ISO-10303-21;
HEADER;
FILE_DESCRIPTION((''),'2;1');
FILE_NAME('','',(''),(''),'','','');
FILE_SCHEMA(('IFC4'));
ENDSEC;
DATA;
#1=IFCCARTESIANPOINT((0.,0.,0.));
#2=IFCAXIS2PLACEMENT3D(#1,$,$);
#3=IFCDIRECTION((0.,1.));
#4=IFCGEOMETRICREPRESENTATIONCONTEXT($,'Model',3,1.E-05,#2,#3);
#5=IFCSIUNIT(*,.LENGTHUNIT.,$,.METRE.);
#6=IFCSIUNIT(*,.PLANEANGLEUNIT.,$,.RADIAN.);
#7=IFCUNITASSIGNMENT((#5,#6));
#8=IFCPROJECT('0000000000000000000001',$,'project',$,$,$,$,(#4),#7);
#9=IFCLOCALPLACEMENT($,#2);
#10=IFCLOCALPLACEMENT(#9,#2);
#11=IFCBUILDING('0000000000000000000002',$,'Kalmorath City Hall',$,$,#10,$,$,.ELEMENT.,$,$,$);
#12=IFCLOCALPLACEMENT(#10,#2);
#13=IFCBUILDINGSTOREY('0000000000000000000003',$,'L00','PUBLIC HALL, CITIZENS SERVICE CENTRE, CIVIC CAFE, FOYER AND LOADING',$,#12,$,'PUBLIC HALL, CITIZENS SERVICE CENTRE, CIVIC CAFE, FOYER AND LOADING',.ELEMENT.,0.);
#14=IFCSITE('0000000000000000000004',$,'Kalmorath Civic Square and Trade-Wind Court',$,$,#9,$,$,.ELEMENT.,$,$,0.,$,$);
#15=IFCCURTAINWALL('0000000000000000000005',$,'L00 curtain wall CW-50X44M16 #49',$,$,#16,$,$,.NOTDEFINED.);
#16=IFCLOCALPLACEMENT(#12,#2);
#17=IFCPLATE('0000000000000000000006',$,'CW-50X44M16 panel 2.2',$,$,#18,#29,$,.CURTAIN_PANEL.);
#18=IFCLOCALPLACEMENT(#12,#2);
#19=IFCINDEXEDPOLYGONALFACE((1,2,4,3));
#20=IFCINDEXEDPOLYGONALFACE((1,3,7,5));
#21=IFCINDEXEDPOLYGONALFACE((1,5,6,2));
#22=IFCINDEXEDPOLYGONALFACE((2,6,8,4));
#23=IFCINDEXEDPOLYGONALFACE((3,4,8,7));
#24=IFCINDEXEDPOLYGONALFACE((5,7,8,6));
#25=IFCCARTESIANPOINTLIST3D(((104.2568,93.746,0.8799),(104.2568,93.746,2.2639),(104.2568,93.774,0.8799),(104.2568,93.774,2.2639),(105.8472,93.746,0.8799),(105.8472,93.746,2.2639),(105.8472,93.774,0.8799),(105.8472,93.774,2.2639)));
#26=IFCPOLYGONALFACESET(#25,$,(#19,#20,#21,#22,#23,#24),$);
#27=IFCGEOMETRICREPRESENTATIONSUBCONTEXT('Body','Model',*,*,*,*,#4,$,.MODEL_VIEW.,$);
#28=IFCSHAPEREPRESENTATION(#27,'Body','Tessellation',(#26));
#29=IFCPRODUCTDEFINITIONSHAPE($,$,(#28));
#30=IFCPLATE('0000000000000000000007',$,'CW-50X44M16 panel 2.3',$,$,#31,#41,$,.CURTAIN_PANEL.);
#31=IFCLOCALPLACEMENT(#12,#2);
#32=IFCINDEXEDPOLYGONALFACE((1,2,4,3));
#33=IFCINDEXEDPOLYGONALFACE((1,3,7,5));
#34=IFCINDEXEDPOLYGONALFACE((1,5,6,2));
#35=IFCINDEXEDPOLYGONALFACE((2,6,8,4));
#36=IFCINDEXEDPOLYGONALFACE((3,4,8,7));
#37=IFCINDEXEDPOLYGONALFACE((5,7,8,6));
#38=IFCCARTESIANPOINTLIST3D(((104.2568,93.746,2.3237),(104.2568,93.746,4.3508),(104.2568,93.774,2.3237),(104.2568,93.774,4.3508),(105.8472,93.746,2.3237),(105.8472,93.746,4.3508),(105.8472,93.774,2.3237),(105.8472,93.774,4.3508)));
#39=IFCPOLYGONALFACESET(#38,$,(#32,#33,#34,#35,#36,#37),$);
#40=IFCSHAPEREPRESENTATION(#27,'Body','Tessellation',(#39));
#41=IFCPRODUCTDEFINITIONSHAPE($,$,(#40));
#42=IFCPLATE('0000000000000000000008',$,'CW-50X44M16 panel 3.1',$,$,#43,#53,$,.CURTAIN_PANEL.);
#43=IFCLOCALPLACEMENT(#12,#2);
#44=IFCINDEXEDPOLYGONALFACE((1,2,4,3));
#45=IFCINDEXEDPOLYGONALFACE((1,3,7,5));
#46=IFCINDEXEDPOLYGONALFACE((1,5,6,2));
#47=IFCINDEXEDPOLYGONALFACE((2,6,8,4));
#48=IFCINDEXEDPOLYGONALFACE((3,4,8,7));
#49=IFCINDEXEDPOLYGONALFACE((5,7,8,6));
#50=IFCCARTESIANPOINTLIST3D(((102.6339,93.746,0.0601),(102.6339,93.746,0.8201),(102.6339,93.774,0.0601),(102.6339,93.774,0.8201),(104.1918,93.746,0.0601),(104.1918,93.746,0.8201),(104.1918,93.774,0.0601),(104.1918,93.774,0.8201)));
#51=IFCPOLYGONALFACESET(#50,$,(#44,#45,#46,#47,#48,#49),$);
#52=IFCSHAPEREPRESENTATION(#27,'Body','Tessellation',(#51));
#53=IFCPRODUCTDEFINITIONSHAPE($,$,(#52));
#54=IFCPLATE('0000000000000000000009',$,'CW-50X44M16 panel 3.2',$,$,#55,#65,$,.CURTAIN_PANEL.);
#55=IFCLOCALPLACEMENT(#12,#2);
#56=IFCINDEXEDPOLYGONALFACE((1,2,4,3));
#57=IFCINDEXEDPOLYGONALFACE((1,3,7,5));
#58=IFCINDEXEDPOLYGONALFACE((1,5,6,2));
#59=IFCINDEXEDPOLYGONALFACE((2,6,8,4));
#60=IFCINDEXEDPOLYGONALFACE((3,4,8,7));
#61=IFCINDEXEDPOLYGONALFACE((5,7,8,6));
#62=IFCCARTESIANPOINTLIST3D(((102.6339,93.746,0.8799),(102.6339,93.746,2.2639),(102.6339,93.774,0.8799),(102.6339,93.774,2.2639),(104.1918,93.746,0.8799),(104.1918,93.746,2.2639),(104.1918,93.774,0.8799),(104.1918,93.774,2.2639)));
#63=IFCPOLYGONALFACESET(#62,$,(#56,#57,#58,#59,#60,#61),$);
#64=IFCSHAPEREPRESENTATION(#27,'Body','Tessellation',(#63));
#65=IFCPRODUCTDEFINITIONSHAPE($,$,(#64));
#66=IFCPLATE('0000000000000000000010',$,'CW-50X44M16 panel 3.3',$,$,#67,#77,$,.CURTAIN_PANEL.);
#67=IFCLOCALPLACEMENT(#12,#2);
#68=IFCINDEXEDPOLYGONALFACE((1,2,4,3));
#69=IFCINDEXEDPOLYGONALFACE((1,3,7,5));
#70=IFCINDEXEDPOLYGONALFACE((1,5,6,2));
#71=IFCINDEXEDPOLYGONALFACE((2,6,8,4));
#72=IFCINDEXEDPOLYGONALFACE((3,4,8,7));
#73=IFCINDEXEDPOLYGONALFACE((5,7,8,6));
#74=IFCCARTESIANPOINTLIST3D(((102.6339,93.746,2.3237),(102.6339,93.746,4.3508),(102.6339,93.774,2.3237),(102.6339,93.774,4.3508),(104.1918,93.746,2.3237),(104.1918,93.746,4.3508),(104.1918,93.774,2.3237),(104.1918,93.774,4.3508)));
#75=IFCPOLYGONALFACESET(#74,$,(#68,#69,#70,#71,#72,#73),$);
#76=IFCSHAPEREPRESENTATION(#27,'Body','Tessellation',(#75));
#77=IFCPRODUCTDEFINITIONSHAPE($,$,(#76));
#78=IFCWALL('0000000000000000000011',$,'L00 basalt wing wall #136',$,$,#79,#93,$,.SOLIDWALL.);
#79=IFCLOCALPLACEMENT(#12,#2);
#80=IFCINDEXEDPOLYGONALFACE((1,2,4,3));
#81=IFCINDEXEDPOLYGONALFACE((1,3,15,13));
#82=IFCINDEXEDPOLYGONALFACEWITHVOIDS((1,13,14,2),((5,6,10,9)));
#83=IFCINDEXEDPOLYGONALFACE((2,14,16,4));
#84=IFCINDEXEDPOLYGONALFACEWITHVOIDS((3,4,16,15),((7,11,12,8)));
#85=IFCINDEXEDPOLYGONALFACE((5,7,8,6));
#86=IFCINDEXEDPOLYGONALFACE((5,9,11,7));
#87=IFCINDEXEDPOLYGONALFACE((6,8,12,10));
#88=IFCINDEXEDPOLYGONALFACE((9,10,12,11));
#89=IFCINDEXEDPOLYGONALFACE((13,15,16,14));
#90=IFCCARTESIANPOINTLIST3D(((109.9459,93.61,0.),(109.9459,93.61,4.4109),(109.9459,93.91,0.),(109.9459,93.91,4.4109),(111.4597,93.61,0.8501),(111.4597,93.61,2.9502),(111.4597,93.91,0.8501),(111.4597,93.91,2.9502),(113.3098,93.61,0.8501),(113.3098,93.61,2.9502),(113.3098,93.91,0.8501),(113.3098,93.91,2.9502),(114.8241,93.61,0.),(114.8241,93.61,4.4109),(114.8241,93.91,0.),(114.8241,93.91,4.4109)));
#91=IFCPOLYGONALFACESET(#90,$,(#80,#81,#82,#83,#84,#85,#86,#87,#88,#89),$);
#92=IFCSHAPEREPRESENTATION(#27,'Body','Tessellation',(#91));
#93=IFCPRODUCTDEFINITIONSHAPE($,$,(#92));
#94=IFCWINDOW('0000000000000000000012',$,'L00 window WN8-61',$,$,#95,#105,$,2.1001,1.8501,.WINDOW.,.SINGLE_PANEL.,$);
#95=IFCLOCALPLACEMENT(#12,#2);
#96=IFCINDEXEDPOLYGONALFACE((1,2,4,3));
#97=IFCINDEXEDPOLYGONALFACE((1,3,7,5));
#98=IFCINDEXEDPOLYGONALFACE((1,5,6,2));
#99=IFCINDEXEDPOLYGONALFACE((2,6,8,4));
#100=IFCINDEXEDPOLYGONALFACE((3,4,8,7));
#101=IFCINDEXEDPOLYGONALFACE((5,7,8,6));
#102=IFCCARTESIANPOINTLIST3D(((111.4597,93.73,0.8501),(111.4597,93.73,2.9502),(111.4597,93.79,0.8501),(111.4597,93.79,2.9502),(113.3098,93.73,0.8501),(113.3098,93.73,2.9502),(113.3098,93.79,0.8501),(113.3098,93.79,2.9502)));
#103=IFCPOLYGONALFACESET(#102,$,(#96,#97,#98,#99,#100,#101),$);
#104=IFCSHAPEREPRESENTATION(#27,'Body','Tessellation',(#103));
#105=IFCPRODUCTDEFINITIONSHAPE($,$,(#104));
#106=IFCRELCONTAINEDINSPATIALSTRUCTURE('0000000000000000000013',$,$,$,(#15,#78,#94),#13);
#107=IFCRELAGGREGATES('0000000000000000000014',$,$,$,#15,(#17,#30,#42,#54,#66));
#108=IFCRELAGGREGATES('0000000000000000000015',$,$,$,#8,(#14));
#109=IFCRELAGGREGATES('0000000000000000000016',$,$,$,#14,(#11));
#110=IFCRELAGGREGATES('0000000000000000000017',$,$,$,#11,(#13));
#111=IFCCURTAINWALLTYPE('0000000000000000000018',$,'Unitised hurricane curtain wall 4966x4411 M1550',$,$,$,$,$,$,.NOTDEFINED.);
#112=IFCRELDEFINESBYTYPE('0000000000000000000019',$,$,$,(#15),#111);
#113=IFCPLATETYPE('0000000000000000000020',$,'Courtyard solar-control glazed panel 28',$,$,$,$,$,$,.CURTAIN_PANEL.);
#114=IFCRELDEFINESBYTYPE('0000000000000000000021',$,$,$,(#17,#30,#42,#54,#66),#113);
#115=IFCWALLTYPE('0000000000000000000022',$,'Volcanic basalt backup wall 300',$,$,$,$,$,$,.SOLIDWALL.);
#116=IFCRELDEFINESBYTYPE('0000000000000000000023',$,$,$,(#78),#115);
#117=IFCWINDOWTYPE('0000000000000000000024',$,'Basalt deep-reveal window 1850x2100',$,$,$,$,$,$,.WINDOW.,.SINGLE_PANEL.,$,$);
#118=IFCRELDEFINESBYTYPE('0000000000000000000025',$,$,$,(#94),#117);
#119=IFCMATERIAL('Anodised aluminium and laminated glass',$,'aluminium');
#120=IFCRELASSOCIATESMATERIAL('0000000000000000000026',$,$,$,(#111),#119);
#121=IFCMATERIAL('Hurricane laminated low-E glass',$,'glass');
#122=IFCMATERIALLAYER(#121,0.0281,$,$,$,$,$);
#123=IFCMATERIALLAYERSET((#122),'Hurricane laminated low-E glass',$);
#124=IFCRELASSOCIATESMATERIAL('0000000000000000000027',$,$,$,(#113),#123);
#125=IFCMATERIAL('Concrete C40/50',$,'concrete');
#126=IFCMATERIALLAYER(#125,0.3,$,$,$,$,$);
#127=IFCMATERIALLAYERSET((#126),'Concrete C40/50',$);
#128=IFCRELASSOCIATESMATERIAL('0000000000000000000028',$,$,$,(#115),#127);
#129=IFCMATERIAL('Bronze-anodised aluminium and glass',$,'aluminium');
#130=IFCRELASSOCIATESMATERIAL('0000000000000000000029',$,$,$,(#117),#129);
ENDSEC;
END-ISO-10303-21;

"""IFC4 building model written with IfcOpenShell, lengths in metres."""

from ifc_helpers import new_model, si_unit, direction, frame, frame_2d, origin, origin_2d, place, context, subcontext, project, spatial, rectangle, extrude, material, layer, layer_set, type_object, element, fill, aggregate, save


model = new_model("IFC4")

# Units and contexts
model_context = context("Model", 3, precision=1e-05, world=origin(), true_north=direction((0.0, 1.0)))
body_context = subcontext(model_context, "Body", "Model", "MODEL_VIEW")
ifc_project = project(units=[si_unit("LENGTHUNIT", "METRE"), si_unit("PLANEANGLEUNIT", "RADIAN")], contexts=[model_context])

# Site, building, storey
site_placement = place(None, origin())
site = spatial("IfcSite", under=ifc_project, at=site_placement, Name="Kalmorath Civic Square and Trade-Wind Court", CompositionType="ELEMENT", RefElevation=0.0)
building_placement = place(site_placement, origin())
building = spatial("IfcBuilding", under=site, at=building_placement, Name="Kalmorath City Hall", CompositionType="ELEMENT")
storey_placement = place(building_placement, origin())
storey = spatial("IfcBuildingStorey", under=building, at=storey_placement, Name="L00", Description="PUBLIC HALL, CITIZENS SERVICE CENTRE, CIVIC CAFE, FOYER AND LOADING", LongName="PUBLIC HALL, CITIZENS SERVICE CENTRE, CIVIC CAFE, FOYER AND LOADING", CompositionType="ELEMENT", Elevation=0.0)

# Curtain wall, plates
ifc_material_1 = material(Name="Anodised aluminium and laminated glass", Category="aluminium")
curtain_wall_type = type_object("IfcCurtainWallType", Name="Unitised hurricane curtain wall 4966x4411 M1550", PredefinedType="NOTDEFINED", material=ifc_material_1)
curtain_wall_placement = place(storey_placement, origin())
curtain_wall = element("IfcCurtainWall", 1, at=curtain_wall_placement, inside=storey, type_object=curtain_wall_type, Name="L00 curtain wall CW-50X44M16 #49", PredefinedType="NOTDEFINED")
ifc_material_2 = material(Name="Hurricane laminated low-E glass", Category="glass")
ifc_layer_1 = layer(ifc_material_2, 0.0281)
ifc_layer_set_1 = layer_set([ifc_layer_1], Name="Hurricane laminated low-E glass")
plate_type = type_object("IfcPlateType", Name="Courtyard solar-control glazed panel 28", PredefinedType="CURTAIN_PANEL", material=ifc_layer_set_1)
plate_1_placement = place(storey_placement, frame((105.052, 93.76, 0.8799), z_axis=(0.0, 0.0, 1.0), x_axis=(-1.0, 0.0, 0.0)))
plate_1 = element("IfcPlate", 2, at=plate_1_placement, type_object=plate_type, Name="CW-50X44M16 panel 2.2", PredefinedType="CURTAIN_PANEL", context=body_context, shape_type="SweptSolid", body=[
    extrude(rectangle(XDim=1.5903, YDim=0.0281, at=origin_2d()), origin(), (0.0, 0.0, 1.0), 1.384),
])
plate_2_placement = place(storey_placement, frame((105.052, 93.76, 2.3237), z_axis=(0.0, 0.0, 1.0), x_axis=(-1.0, 0.0, 0.0)))
plate_2 = element("IfcPlate", 3, at=plate_2_placement, type_object=plate_type, Name="CW-50X44M16 panel 2.3", PredefinedType="CURTAIN_PANEL", context=body_context, shape_type="SweptSolid", body=[
    extrude(rectangle(XDim=1.5903, YDim=0.0281, at=origin_2d()), origin(), (0.0, 0.0, 1.0), 2.0271),
])
plate_3_placement = place(storey_placement, frame((103.4128, 93.76, 0.0601), z_axis=(0.0, 0.0, 1.0), x_axis=(-1.0, 0.0, 0.0)))
plate_3 = element("IfcPlate", 4, at=plate_3_placement, type_object=plate_type, Name="CW-50X44M16 panel 3.1", PredefinedType="CURTAIN_PANEL", context=body_context, shape_type="SweptSolid", body=[
    extrude(rectangle(XDim=1.5579, YDim=0.0281, at=origin_2d()), origin(), (0.0, 0.0, 1.0), 0.76),
])
plate_4_placement = place(storey_placement, frame((103.4128, 93.76, 0.8799), z_axis=(0.0, 0.0, 1.0), x_axis=(-1.0, 0.0, 0.0)))
plate_4 = element("IfcPlate", 5, at=plate_4_placement, type_object=plate_type, Name="CW-50X44M16 panel 3.2", PredefinedType="CURTAIN_PANEL", context=body_context, shape_type="SweptSolid", body=[
    extrude(rectangle(XDim=1.5579, YDim=0.0281, at=origin_2d()), origin(), (0.0, 0.0, 1.0), 1.384),
])
plate_5_placement = place(storey_placement, frame((103.4128, 93.76, 2.3237), z_axis=(0.0, 0.0, 1.0), x_axis=(-1.0, 0.0, 0.0)))
plate_5 = element("IfcPlate", 6, at=plate_5_placement, type_object=plate_type, Name="CW-50X44M16 panel 3.3", PredefinedType="CURTAIN_PANEL", context=body_context, shape_type="SweptSolid", body=[
    extrude(rectangle(XDim=1.5579, YDim=0.0281, at=origin_2d()), origin(), (0.0, 0.0, 1.0), 2.0271),
])
aggregate(curtain_wall, [plate_1, plate_2, plate_3, plate_4, plate_5])

# Wall, opening, window
ifc_material_3 = material(Name="Concrete C40/50", Category="concrete")
ifc_layer_2 = layer(ifc_material_3, 0.3)
ifc_layer_set_2 = layer_set([ifc_layer_2], Name="Concrete C40/50")
wall_type = type_object("IfcWallType", Name="Volcanic basalt backup wall 300", PredefinedType="SOLIDWALL", material=ifc_layer_set_2)
wall_placement = place(storey_placement, frame((114.824, 93.76, 0.0), z_axis=(0.0, 0.0, 1.0), x_axis=(-1.0, 0.0, 0.0)))
wall = element("IfcWall", 7, at=wall_placement, inside=storey, type_object=wall_type, Name="L00 basalt wing wall #136", PredefinedType="SOLIDWALL", context=body_context, shape_type="SweptSolid", body=[
    extrude(rectangle(XDim=4.8782, YDim=0.3, at=frame_2d((2.439, 0.0))), origin(), (0.0, 0.0, 1.0), 4.4109),
])
opening_placement = place(wall_placement, frame((1.5142, 0.0, 0.8501)))
opening = element("IfcOpeningElement", 8, at=opening_placement, cuts=wall, PredefinedType="OPENING", context=body_context, shape_type="SweptSolid", body=[
    extrude(rectangle(XDim=1.8501, YDim=2.1001, at=frame_2d((0.925, 1.05))), frame((0.0, 0.1599, 0.0), z_axis=(0.0, -1.0, 0.0), x_axis=(1.0, 0.0, 0.0)), (0.0, 0.0, 1.0), 0.3201),
])
ifc_material_4 = material(Name="Bronze-anodised aluminium and glass", Category="aluminium")
window_type = type_object("IfcWindowType", Name="Basalt deep-reveal window 1850x2100", PartitioningType="SINGLE_PANEL", PredefinedType="WINDOW", material=ifc_material_4)
window_placement = place(opening_placement, origin())
window = element("IfcWindow", 9, at=window_placement, inside=storey, type_object=window_type, Name="L00 window WN8-61", OverallHeight=2.1001, OverallWidth=1.8501, PartitioningType="SINGLE_PANEL", PredefinedType="WINDOW", context=body_context, shape_type="SweptSolid", body=[
    extrude(rectangle(XDim=1.8501, YDim=2.1001, at=frame_2d((0.925, 1.05))), frame((0.0, 0.03, 0.0), z_axis=(0.0, -1.0, 0.0), x_axis=(1.0, 0.0, 0.0)), (0.0, 0.0, 1.0), 0.0601),
])
fill(opening, window)

save(model, "model.ifc")
